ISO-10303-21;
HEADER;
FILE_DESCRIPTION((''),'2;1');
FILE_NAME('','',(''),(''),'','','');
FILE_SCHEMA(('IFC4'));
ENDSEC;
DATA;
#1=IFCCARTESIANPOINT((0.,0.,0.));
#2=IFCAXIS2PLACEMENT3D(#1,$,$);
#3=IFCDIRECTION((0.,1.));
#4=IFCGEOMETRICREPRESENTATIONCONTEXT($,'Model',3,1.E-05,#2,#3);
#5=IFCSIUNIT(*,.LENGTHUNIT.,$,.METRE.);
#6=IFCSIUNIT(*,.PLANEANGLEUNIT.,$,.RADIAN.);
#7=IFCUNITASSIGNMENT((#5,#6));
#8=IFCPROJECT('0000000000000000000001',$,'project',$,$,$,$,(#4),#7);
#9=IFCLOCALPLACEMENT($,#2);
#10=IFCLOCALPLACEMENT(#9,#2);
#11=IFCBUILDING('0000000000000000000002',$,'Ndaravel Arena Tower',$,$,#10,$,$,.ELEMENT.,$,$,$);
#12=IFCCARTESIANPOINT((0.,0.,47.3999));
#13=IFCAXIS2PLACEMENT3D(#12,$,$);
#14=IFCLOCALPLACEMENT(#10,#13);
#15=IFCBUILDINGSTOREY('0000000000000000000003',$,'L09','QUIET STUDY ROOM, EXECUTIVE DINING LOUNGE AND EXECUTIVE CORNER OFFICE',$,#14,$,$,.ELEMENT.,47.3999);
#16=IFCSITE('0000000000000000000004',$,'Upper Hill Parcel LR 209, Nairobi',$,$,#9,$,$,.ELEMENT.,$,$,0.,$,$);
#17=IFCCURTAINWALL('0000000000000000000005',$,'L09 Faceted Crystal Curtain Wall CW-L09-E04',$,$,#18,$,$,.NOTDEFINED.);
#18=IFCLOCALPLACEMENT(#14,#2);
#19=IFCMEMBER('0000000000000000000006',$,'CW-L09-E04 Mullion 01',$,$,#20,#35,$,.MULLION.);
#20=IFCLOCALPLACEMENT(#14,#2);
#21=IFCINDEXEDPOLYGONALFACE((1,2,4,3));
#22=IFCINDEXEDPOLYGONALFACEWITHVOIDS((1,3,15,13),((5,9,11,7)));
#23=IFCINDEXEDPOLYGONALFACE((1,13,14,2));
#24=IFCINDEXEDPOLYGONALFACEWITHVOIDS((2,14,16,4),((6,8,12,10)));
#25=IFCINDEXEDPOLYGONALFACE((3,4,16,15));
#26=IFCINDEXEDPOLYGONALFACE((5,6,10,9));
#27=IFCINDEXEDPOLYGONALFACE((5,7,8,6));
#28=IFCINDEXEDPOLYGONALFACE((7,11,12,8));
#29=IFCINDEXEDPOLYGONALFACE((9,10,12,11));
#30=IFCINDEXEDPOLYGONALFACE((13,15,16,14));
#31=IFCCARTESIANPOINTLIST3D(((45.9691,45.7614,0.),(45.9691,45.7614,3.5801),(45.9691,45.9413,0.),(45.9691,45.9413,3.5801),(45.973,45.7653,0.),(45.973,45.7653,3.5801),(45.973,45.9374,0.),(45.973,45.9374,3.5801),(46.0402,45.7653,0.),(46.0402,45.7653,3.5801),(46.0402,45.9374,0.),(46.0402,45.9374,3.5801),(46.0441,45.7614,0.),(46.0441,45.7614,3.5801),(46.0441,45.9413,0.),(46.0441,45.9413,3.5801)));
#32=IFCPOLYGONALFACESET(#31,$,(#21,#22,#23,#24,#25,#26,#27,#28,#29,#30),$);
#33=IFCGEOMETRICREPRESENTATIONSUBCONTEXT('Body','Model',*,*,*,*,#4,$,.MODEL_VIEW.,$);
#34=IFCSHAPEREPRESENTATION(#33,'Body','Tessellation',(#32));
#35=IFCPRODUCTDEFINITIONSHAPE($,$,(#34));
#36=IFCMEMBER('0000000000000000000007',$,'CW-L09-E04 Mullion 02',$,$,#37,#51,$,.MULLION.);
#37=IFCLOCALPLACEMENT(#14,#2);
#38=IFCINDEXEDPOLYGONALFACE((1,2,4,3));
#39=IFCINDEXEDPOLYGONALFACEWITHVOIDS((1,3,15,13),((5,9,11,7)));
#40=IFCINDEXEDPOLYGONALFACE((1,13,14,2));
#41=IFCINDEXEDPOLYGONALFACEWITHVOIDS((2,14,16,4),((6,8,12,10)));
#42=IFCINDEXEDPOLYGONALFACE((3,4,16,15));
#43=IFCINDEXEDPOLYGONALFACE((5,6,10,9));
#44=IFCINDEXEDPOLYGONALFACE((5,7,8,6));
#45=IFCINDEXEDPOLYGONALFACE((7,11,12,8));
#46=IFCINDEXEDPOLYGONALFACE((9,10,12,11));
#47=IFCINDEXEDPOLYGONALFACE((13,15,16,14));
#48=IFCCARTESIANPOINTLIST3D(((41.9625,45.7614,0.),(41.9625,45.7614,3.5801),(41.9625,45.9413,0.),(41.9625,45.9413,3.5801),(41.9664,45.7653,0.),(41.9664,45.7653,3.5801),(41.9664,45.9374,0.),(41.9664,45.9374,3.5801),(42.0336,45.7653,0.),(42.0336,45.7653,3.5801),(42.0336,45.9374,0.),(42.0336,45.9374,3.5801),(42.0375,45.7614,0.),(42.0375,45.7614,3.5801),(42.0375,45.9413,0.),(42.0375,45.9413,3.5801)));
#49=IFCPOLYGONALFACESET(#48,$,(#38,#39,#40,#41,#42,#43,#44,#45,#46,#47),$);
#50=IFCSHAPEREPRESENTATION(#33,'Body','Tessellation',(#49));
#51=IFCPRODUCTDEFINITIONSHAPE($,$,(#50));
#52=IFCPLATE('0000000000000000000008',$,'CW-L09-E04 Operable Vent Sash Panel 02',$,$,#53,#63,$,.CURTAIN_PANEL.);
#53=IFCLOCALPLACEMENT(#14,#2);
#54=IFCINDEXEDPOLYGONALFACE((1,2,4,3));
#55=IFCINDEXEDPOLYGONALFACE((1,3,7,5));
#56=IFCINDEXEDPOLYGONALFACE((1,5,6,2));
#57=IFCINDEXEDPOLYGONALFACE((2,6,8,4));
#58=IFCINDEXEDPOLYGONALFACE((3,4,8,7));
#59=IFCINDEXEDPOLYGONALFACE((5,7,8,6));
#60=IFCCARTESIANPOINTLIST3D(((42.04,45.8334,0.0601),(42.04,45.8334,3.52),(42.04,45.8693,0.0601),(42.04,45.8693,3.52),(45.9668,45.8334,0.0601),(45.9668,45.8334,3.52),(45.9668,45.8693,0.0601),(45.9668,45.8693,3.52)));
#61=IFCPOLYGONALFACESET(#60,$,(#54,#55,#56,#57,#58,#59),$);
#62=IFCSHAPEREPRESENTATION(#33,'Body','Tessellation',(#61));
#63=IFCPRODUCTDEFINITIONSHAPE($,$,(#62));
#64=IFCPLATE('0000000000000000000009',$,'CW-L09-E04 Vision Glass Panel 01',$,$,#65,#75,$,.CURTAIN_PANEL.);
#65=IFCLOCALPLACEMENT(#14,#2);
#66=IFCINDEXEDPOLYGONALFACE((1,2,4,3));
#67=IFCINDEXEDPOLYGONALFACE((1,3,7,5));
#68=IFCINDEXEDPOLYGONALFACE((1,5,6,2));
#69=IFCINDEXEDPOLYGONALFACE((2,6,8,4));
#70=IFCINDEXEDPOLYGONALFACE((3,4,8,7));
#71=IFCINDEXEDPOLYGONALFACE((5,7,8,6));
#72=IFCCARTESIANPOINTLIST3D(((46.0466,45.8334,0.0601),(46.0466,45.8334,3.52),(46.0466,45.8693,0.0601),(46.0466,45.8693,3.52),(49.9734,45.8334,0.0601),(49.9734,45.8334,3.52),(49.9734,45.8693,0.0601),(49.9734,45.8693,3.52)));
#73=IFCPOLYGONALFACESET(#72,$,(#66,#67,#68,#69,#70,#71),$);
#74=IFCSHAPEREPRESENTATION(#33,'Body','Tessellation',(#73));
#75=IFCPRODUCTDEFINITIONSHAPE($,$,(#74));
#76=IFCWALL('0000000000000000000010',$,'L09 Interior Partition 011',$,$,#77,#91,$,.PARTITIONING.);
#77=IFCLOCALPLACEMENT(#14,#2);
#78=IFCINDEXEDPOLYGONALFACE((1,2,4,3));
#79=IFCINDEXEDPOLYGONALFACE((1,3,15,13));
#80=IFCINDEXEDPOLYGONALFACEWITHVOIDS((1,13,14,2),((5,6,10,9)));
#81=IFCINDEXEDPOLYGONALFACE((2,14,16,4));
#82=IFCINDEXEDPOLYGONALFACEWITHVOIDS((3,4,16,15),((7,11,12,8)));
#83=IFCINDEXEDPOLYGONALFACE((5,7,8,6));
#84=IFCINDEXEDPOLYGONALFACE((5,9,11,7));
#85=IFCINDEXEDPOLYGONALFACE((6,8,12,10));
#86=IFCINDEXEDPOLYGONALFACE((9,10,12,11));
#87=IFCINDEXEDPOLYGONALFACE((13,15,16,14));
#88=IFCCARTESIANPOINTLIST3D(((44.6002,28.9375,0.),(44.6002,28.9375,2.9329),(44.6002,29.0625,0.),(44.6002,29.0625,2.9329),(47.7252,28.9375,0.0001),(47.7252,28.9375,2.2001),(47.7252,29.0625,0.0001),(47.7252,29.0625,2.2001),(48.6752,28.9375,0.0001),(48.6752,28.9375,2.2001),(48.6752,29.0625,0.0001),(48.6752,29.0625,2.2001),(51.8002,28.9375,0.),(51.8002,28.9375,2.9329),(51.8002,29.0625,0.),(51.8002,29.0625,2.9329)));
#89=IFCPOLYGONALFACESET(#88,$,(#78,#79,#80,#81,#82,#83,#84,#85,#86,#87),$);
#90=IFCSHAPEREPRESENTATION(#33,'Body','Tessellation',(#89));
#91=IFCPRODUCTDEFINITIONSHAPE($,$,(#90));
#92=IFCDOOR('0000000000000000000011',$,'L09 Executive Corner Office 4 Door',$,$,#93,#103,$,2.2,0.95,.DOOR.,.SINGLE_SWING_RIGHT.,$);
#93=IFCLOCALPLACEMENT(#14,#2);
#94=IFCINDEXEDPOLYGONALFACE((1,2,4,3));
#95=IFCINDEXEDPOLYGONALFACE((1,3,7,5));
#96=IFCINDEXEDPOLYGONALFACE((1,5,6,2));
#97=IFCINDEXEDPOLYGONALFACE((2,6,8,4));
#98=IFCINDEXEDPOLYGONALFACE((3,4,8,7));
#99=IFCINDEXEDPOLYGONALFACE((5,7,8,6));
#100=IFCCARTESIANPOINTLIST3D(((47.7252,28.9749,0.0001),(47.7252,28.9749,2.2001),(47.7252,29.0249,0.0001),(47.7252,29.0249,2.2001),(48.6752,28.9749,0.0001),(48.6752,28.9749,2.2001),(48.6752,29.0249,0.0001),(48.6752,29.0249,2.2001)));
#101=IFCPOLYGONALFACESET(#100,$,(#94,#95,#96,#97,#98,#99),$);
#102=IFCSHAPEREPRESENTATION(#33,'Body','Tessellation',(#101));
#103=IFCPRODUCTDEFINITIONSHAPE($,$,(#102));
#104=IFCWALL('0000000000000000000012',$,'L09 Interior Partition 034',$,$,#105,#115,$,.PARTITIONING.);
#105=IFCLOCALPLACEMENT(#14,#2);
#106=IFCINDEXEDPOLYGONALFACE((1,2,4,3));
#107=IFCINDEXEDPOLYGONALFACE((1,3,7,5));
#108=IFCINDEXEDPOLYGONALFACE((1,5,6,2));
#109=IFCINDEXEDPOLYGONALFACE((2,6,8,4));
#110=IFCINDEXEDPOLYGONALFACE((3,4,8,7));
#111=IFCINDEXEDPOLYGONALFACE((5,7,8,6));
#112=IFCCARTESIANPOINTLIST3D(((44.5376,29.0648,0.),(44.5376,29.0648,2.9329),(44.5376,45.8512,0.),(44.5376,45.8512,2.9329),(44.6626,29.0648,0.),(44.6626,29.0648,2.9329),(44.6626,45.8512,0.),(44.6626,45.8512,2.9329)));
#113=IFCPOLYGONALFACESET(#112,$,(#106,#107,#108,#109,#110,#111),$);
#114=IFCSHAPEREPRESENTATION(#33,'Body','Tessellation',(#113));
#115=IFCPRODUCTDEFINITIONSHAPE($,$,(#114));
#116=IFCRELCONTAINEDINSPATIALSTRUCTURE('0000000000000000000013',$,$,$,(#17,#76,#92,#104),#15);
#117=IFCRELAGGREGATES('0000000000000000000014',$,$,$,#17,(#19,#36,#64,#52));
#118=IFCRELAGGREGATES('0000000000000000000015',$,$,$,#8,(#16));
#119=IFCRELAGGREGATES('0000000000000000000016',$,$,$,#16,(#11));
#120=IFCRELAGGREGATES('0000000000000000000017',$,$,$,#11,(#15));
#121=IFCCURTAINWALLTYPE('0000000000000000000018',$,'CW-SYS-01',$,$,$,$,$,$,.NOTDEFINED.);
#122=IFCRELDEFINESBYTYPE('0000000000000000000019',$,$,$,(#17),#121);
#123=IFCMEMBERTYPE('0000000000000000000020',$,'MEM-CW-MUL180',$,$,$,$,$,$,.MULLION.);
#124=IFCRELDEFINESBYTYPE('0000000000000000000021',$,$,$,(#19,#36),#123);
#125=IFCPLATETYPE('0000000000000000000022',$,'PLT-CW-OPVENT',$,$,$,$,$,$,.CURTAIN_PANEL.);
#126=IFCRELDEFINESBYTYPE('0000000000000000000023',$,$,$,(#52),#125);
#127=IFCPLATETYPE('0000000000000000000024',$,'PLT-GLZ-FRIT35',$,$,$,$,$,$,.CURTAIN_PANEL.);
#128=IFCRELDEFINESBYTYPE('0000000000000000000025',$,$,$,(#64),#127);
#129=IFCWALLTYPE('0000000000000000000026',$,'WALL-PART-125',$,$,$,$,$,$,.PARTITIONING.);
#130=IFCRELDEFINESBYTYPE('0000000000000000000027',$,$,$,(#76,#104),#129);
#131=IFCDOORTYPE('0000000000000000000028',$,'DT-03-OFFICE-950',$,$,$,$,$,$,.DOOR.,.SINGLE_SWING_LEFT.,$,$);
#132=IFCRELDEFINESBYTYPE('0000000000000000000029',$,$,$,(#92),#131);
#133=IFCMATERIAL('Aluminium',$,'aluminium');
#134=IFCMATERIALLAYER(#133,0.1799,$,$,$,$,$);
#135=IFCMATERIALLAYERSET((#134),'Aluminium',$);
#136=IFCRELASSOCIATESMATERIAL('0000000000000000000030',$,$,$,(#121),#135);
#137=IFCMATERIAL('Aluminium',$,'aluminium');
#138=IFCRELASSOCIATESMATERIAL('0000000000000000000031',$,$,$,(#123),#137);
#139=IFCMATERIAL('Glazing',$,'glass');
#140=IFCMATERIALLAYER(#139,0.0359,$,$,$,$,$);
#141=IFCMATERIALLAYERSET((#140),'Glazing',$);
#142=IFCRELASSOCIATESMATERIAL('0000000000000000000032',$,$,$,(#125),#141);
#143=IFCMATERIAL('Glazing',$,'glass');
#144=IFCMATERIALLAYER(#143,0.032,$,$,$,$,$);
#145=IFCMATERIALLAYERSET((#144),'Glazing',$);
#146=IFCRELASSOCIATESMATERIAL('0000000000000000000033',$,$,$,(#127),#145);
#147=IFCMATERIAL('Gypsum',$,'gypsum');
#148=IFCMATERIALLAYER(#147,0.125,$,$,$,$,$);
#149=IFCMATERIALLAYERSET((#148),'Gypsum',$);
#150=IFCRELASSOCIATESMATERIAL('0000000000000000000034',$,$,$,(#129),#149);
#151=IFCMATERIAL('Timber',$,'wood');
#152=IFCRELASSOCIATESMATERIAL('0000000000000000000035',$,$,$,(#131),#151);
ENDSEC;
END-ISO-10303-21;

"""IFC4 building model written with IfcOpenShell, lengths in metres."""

from ifc_helpers import new_model, si_unit, direction, frame, frame_2d, origin, origin_2d, place, context, subcontext, project, spatial, rectangle, hollow_rectangle, extrude, material, layer, layer_set, material_profile, profile_set, type_object, element, fill, aggregate, save


model = new_model("IFC4")

# Units and contexts
model_context = context("Model", 3, precision=1e-05, world=origin(), true_north=direction((0.0, 1.0)))
body_context = subcontext(model_context, "Body", "Model", "MODEL_VIEW")
ifc_project = project(units=[si_unit("LENGTHUNIT", "METRE"), si_unit("PLANEANGLEUNIT", "RADIAN")], contexts=[model_context])

# Site, building, storey
site_placement = place(None, origin())
site = spatial("IfcSite", under=ifc_project, at=site_placement, Name="Upper Hill Parcel LR 209, Nairobi", CompositionType="ELEMENT", RefElevation=0.0)
building_placement = place(site_placement, origin())
building = spatial("IfcBuilding", under=site, at=building_placement, Name="Ndaravel Arena Tower", CompositionType="ELEMENT")
storey_placement = place(building_placement, frame((0.0, 0.0, 47.3999)))
storey = spatial("IfcBuildingStorey", under=building, at=storey_placement, Name="L09", Description="QUIET STUDY ROOM, EXECUTIVE DINING LOUNGE AND EXECUTIVE CORNER OFFICE", CompositionType="ELEMENT", Elevation=47.3999)

# Curtain wall, members, plates
ifc_material_1 = material(Name="Aluminium", Category="aluminium")
ifc_layer_1 = layer(ifc_material_1, 0.1799)
ifc_layer_set_1 = layer_set([ifc_layer_1], Name="Aluminium")
curtain_wall_type = type_object("IfcCurtainWallType", Name="CW-SYS-01", PredefinedType="NOTDEFINED", material=ifc_layer_set_1)
curtain_wall_placement = place(storey_placement, origin())
curtain_wall = element("IfcCurtainWall", 1, at=curtain_wall_placement, inside=storey, type_object=curtain_wall_type, Name="L09 Faceted Crystal Curtain Wall CW-L09-E04", PredefinedType="NOTDEFINED")
ifc_material_2 = material(Name="Aluminium", Category="aluminium")
ifc_material_profile_1 = material_profile(ifc_material_2, hollow_rectangle(XDim=0.075, YDim=0.1799, WallThickness=0.0039, at=origin_2d()), Name="CW MULLION 75x180x4")
ifc_profile_set_1 = profile_set([ifc_material_profile_1], Name="Aluminium")
member_type = type_object("IfcMemberType", Name="MEM-CW-MUL180", PredefinedType="MULLION", material=ifc_profile_set_1)
member_1_placement = place(storey_placement, frame((46.0066, 45.8513, 0.0), z_axis=(0.0, 0.0, 1.0), x_axis=(-1.0, 0.0, 0.0)))
member_1 = element("IfcMember", 2, at=member_1_placement, type_object=member_type, Name="CW-L09-E04 Mullion 01", PredefinedType="MULLION", context=body_context, shape_type="SweptSolid", body=[
    extrude(hollow_rectangle(XDim=0.075, YDim=0.1799, WallThickness=0.0039, at=origin_2d()), origin(), (0.0, 0.0, 1.0), 3.5801),
])
member_2_placement = place(storey_placement, frame((42.0, 45.8513, 0.0), z_axis=(0.0, 0.0, 1.0), x_axis=(-1.0, 0.0, 0.0)))
member_2 = element("IfcMember", 3, at=member_2_placement, type_object=member_type, Name="CW-L09-E04 Mullion 02", PredefinedType="MULLION", context=body_context, shape_type="SweptSolid", body=[
    extrude(hollow_rectangle(XDim=0.075, YDim=0.1799, WallThickness=0.0039, at=origin_2d()), origin(), (0.0, 0.0, 1.0), 3.5801),
])
ifc_material_3 = material(Name="Glazing", Category="glass")
ifc_layer_2 = layer(ifc_material_3, 0.0359)
ifc_layer_set_2 = layer_set([ifc_layer_2], Name="Glazing")
plate_type_1 = type_object("IfcPlateType", Name="PLT-CW-OPVENT", PredefinedType="CURTAIN_PANEL", material=ifc_layer_set_2)
plate_1_placement = place(storey_placement, frame((44.0034, 45.8513, 0.0601), z_axis=(0.0, 0.0, 1.0), x_axis=(-1.0, 0.0, 0.0)))
plate_1 = element("IfcPlate", 4, at=plate_1_placement, type_object=plate_type_1, Name="CW-L09-E04 Operable Vent Sash Panel 02", PredefinedType="CURTAIN_PANEL", context=body_context, shape_type="SweptSolid", body=[
    extrude(rectangle(XDim=3.9268, YDim=0.0359, at=origin_2d()), origin(), (0.0, 0.0, 1.0), 3.46),
])
ifc_material_4 = material(Name="Glazing", Category="glass")
ifc_layer_3 = layer(ifc_material_4, 0.032)
ifc_layer_set_3 = layer_set([ifc_layer_3], Name="Glazing")
plate_type_2 = type_object("IfcPlateType", Name="PLT-GLZ-FRIT35", PredefinedType="CURTAIN_PANEL", material=ifc_layer_set_3)
plate_2_placement = place(storey_placement, frame((48.01, 45.8513, 0.0601), z_axis=(0.0, 0.0, 1.0), x_axis=(-1.0, 0.0, 0.0)))
plate_2 = element("IfcPlate", 5, at=plate_2_placement, type_object=plate_type_2, Name="CW-L09-E04 Vision Glass Panel 01", PredefinedType="CURTAIN_PANEL", context=body_context, shape_type="SweptSolid", body=[
    extrude(rectangle(XDim=3.9268, YDim=0.0359, at=origin_2d()), origin(), (0.0, 0.0, 1.0), 3.46),
])
aggregate(curtain_wall, [member_1, member_2, plate_2, plate_1])

# Wall, opening, door
ifc_material_5 = material(Name="Gypsum", Category="gypsum")
ifc_layer_4 = layer(ifc_material_5, 0.125)
ifc_layer_set_4 = layer_set([ifc_layer_4], Name="Gypsum")
wall_type = type_object("IfcWallType", Name="WALL-PART-125", PredefinedType="PARTITIONING", material=ifc_layer_set_4)
wall_1_placement = place(storey_placement, frame((44.6001, 29.0, 0.0), z_axis=(0.0, 0.0, 1.0), x_axis=(1.0, 0.0, 0.0)))
wall_1 = element("IfcWall", 6, at=wall_1_placement, inside=storey, type_object=wall_type, Name="L09 Interior Partition 011", PredefinedType="PARTITIONING", context=body_context, shape_type="SweptSolid", body=[
    extrude(rectangle(XDim=7.2, YDim=0.125, at=frame_2d((3.6001, 0.0))), origin(), (0.0, 0.0, 1.0), 2.9329),
])
opening_placement = place(wall_1_placement, frame((3.125, 0.0, 0.0)))
opening = element("IfcOpeningElement", 7, at=opening_placement, cuts=wall_1, PredefinedType="OPENING", context=body_context, shape_type="SweptSolid", body=[
    extrude(rectangle(XDim=0.95, YDim=2.2, at=frame_2d((0.4751, 1.1001))), frame((0.0, 0.0625, 0.0), z_axis=(0.0, -1.0, 0.0), x_axis=(1.0, 0.0, 0.0)), (0.0, 0.0, 1.0), 0.125),
])
ifc_material_6 = material(Name="Timber", Category="wood")
door_type = type_object("IfcDoorType", Name="DT-03-OFFICE-950", OperationType="SINGLE_SWING_LEFT", PredefinedType="DOOR", material=ifc_material_6)
door_placement = place(opening_placement, origin())
door = element("IfcDoor", 8, at=door_placement, inside=storey, type_object=door_type, Name="L09 Executive Corner Office 4 Door", OperationType="SINGLE_SWING_RIGHT", OverallHeight=2.2, OverallWidth=0.95, PredefinedType="DOOR", context=body_context, shape_type="SweptSolid", body=[
    extrude(rectangle(XDim=0.95, YDim=2.2, at=frame_2d((0.4751, 1.1001))), frame((0.0, 0.0249, 0.0), z_axis=(0.0, -1.0, 0.0), x_axis=(1.0, 0.0, 0.0)), (0.0, 0.0, 1.0), 0.05),
])
fill(opening, door)

# Wall
wall_2_placement = place(storey_placement, frame((44.6001, 29.0649, 0.0), z_axis=(0.0, 0.0, 1.0), x_axis=(0.0, 1.0, 0.0)))
element("IfcWall", 9, at=wall_2_placement, inside=storey, type_object=wall_type, Name="L09 Interior Partition 034", PredefinedType="PARTITIONING", context=body_context, shape_type="SweptSolid", body=[
    extrude(rectangle(XDim=16.7864, YDim=0.125, at=frame_2d((8.3931, 0.0))), origin(), (0.0, 0.0, 1.0), 2.9329),
])

save(model, "model.ifc")
